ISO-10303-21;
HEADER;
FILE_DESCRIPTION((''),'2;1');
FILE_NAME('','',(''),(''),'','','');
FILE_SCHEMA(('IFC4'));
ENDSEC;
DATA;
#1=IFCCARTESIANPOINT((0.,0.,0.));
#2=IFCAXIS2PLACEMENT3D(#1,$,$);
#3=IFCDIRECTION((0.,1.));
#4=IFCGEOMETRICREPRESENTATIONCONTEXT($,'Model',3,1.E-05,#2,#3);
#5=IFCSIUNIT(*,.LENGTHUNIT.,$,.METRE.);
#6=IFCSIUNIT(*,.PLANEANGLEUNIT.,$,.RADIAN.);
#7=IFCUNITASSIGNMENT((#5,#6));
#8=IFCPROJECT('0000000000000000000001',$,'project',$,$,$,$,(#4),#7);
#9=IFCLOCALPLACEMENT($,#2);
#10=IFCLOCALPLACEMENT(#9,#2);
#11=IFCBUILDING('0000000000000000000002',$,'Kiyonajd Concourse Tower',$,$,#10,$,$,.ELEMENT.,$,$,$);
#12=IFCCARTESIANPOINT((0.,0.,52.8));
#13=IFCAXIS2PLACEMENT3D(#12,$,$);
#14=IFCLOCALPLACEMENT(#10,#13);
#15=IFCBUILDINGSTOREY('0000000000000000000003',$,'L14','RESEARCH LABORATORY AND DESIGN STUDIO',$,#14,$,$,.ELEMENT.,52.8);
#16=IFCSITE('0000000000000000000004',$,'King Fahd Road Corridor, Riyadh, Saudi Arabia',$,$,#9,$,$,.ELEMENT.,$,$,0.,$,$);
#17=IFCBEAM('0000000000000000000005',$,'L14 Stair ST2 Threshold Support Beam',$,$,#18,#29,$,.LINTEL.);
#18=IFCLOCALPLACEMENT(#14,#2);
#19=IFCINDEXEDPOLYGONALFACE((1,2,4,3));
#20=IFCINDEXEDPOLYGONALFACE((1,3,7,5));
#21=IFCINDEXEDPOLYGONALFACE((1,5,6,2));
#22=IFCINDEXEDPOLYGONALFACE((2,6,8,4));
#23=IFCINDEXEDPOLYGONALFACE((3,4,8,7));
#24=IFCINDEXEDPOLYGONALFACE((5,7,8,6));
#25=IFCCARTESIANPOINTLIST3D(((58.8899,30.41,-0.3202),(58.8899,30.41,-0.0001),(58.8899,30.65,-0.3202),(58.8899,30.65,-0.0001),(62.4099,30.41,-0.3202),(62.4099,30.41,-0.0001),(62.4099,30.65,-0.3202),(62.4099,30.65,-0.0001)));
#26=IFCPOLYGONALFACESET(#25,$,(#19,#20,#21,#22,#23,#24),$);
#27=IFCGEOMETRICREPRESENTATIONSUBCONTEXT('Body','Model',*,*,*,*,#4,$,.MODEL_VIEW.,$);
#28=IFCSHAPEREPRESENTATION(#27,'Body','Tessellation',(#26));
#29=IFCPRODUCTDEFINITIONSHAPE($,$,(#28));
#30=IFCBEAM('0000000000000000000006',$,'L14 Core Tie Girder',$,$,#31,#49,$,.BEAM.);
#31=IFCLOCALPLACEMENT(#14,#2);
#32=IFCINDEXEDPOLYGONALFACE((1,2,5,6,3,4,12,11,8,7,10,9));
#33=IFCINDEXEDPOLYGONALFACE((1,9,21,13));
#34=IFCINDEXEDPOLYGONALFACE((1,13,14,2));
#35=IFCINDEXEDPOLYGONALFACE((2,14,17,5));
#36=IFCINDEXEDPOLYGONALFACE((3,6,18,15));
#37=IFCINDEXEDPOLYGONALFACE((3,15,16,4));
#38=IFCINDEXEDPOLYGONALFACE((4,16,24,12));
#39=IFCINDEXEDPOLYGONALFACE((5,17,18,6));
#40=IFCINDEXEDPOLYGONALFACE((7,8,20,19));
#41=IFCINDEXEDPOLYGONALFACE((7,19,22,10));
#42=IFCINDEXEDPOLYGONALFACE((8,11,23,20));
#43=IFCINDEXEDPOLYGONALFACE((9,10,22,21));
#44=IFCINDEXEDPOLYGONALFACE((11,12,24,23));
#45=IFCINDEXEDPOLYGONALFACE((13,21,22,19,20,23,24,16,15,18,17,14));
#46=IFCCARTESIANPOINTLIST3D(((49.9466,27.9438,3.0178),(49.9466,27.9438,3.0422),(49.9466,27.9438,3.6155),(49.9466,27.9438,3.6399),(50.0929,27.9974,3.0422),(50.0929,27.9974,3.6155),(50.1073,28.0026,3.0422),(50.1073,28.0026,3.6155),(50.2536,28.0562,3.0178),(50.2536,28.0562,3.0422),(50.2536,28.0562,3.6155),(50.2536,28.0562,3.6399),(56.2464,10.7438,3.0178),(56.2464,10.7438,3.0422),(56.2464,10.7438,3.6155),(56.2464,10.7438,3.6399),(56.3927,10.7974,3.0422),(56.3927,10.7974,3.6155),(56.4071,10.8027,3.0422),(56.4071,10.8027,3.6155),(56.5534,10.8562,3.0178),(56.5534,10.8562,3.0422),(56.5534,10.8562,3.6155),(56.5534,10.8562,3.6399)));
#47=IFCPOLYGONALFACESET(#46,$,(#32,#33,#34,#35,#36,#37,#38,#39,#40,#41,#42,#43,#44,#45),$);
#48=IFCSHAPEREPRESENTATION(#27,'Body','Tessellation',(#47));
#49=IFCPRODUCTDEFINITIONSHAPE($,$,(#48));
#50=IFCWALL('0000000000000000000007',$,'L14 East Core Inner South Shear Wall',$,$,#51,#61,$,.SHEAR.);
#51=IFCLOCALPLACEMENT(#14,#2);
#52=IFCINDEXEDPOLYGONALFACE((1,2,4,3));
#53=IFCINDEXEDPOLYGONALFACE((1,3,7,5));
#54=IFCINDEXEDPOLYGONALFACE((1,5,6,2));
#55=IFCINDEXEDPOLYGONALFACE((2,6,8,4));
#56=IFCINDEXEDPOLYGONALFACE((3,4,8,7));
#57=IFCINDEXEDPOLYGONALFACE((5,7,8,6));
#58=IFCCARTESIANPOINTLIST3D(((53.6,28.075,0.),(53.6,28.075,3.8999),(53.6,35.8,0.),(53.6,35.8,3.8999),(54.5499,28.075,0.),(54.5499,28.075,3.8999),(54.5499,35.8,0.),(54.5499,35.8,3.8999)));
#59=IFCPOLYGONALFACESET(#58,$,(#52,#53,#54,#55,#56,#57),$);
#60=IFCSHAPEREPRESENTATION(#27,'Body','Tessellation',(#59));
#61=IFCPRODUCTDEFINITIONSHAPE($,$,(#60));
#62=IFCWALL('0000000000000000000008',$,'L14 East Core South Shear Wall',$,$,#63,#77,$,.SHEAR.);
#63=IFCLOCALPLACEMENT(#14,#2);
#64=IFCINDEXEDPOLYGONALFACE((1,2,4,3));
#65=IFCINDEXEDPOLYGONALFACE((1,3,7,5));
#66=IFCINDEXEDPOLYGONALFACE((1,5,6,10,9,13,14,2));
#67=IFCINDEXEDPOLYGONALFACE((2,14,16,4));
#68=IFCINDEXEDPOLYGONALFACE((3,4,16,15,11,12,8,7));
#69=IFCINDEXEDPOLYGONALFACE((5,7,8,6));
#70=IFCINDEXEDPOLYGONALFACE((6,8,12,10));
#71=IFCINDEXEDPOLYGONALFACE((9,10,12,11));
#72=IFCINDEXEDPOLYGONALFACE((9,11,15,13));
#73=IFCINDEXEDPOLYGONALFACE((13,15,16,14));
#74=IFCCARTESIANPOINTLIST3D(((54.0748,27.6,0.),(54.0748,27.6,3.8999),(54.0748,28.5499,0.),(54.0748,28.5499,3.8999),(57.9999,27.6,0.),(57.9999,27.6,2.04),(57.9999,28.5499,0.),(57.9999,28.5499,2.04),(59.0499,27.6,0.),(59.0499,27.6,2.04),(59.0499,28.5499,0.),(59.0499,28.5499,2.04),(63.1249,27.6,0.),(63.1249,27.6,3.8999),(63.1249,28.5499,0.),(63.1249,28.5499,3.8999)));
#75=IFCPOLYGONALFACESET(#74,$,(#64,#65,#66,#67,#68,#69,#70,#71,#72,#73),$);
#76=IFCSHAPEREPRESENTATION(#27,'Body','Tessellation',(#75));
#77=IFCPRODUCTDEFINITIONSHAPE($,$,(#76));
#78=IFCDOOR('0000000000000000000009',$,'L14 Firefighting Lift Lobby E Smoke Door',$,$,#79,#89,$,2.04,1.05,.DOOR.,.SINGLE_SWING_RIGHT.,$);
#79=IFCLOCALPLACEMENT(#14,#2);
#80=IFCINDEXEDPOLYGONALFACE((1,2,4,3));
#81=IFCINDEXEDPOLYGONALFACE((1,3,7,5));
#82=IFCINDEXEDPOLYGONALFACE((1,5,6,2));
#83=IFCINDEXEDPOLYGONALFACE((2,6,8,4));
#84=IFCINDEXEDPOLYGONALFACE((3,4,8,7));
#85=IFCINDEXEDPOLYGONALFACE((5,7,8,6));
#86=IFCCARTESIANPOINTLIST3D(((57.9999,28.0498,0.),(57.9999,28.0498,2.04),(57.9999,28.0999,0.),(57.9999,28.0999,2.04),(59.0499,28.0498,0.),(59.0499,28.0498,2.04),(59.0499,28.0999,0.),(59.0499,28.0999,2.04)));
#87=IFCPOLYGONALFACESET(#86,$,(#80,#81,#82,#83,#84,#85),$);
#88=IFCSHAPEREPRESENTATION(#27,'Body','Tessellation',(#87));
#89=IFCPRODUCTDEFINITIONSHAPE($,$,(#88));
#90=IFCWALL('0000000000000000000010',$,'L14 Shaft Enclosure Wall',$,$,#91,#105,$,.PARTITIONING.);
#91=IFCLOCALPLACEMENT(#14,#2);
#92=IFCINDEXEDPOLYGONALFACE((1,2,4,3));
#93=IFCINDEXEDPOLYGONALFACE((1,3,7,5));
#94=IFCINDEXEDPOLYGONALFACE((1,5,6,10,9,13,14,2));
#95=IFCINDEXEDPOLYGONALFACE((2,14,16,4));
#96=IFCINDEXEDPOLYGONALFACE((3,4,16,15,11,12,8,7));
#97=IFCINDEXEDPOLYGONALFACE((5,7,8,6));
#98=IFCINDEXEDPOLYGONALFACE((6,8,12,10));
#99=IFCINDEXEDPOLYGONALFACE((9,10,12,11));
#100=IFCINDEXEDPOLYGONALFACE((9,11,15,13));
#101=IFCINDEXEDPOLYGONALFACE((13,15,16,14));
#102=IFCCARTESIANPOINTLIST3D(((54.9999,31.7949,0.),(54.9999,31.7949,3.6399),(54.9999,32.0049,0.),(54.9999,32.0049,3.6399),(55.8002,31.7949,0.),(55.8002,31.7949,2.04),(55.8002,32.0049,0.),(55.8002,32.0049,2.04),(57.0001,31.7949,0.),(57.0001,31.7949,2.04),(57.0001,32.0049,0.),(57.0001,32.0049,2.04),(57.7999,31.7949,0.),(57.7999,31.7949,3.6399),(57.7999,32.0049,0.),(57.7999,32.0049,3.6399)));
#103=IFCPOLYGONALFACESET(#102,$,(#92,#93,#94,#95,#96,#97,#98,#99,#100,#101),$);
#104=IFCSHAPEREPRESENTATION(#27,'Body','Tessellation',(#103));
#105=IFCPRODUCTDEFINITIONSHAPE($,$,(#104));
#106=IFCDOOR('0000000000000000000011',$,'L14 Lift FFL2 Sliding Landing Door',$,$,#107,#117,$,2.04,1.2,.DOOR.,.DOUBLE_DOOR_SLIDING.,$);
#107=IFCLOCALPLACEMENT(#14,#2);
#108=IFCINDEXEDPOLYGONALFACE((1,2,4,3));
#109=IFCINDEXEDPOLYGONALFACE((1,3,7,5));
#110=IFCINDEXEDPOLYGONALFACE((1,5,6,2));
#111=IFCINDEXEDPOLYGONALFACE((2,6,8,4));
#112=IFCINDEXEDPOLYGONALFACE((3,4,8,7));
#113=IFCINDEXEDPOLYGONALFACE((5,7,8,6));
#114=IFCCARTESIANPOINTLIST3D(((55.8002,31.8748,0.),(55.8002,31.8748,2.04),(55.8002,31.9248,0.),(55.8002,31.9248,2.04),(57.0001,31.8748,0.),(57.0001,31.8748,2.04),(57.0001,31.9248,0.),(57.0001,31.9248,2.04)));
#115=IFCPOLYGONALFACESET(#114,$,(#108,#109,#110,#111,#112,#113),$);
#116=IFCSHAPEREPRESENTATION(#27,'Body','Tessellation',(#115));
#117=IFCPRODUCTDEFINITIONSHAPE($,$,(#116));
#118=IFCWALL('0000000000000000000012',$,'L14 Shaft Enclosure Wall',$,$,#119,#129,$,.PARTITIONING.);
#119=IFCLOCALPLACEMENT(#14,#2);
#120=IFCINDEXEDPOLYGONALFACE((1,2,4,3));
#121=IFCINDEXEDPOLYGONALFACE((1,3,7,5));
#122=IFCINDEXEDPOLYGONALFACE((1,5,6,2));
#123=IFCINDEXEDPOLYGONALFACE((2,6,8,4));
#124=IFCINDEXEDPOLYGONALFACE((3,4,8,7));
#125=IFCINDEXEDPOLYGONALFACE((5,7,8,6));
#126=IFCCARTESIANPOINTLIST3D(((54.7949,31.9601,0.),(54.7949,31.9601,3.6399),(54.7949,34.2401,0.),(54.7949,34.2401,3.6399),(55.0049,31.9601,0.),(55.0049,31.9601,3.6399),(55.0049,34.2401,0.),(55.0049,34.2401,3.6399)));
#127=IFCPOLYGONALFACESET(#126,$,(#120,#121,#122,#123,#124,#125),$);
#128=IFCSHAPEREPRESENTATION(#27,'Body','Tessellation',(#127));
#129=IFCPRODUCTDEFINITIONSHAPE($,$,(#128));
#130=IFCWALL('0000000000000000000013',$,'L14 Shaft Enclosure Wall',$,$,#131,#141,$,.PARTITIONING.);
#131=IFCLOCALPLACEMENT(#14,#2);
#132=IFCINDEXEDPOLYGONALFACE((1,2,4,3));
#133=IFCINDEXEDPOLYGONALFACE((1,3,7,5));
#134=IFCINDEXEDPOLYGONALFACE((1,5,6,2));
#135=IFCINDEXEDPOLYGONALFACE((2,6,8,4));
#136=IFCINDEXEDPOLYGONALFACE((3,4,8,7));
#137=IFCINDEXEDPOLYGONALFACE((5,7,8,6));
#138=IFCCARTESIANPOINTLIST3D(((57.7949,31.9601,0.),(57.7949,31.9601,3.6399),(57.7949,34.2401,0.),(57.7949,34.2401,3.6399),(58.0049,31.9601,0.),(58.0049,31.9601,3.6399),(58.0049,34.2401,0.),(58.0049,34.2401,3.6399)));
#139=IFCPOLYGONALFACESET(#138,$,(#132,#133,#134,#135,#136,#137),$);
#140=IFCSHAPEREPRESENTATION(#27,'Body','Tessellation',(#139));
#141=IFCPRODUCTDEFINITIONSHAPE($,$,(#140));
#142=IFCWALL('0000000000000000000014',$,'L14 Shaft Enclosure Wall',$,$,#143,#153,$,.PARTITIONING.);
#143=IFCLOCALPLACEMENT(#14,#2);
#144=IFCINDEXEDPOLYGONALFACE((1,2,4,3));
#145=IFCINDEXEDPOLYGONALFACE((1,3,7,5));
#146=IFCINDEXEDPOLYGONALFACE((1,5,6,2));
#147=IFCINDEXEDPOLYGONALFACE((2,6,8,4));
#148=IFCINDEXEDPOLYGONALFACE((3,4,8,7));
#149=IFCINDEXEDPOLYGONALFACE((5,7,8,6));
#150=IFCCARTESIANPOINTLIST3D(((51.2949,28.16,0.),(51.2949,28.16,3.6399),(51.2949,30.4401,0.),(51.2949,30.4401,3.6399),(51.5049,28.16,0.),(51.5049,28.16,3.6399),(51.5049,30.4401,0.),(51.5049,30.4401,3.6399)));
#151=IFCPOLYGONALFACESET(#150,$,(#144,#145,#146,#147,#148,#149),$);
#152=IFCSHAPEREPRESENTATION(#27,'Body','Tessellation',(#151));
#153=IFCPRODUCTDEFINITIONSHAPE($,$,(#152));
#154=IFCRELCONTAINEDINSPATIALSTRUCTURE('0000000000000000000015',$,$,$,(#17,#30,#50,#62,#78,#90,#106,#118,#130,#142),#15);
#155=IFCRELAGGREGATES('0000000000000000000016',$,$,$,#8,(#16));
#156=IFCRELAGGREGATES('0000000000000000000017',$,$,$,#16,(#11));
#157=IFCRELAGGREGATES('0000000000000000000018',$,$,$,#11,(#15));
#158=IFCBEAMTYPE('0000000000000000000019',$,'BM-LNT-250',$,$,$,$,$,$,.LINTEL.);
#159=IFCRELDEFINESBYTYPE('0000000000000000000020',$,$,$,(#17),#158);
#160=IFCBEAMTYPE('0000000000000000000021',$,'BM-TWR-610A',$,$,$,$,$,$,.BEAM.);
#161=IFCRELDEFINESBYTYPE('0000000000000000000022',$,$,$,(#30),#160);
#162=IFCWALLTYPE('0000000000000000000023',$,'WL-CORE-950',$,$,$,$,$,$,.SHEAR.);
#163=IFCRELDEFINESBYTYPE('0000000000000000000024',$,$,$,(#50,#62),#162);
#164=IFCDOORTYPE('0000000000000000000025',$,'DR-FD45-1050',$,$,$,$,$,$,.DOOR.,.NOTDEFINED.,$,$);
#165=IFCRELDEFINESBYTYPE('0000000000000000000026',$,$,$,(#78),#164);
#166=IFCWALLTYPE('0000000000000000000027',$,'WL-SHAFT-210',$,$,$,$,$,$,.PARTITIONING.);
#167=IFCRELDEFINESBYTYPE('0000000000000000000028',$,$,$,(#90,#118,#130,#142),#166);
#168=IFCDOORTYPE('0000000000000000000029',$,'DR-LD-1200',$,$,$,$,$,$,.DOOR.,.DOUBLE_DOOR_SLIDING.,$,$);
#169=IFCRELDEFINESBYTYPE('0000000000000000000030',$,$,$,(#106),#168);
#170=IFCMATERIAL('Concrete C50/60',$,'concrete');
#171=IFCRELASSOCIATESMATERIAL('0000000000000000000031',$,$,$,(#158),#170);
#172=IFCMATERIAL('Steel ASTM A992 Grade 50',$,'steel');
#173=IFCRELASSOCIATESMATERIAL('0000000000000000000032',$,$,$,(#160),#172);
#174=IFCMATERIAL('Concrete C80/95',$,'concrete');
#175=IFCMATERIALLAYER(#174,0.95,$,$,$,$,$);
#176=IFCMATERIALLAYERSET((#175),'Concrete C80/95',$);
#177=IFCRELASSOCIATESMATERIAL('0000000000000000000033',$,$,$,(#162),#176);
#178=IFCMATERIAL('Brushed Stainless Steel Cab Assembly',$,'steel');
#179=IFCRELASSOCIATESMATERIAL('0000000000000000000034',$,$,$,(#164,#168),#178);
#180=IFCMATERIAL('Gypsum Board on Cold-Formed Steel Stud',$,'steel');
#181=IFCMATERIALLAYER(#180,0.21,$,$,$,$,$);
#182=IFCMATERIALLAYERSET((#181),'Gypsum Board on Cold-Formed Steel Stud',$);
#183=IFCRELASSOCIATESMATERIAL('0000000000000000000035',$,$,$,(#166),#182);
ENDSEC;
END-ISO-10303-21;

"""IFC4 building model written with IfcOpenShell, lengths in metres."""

from ifc_helpers import new_model, si_unit, direction, frame, frame_2d, origin, origin_2d, place, context, subcontext, project, spatial, rectangle, i_section, extrude, material, layer, layer_set, material_profile, profile_set, type_object, element, fill, save


model = new_model("IFC4")

# Units and contexts
model_context = context("Model", 3, precision=1e-05, world=origin(), true_north=direction((0.0, 1.0)))
body_context = subcontext(model_context, "Body", "Model", "MODEL_VIEW")
ifc_project = project(units=[si_unit("LENGTHUNIT", "METRE"), si_unit("PLANEANGLEUNIT", "RADIAN")], contexts=[model_context])

# Site, building, storey
site_placement = place(None, origin())
site = spatial("IfcSite", under=ifc_project, at=site_placement, Name="King Fahd Road Corridor, Riyadh, Saudi Arabia", CompositionType="ELEMENT", RefElevation=0.0)
building_placement = place(site_placement, origin())
building = spatial("IfcBuilding", under=site, at=building_placement, Name="Kiyonajd Concourse Tower", CompositionType="ELEMENT")
storey_placement = place(building_placement, frame((0.0, 0.0, 52.8)))
storey = spatial("IfcBuildingStorey", under=building, at=storey_placement, Name="L14", Description="RESEARCH LABORATORY AND DESIGN STUDIO", CompositionType="ELEMENT", Elevation=52.8)

# Beams
ifc_material_1 = material(Name="Concrete C50/60", Category="concrete")
ifc_material_profile_1 = material_profile(ifc_material_1, rectangle(XDim=0.24, YDim=0.3201, at=origin_2d()), Name="RCBM-240x320")
ifc_profile_set_1 = profile_set([ifc_material_profile_1], Name="Concrete C50/60")
beam_type_1 = type_object("IfcBeamType", Name="BM-LNT-250", PredefinedType="LINTEL", material=ifc_profile_set_1)
beam_1_placement = place(storey_placement, frame((58.8899, 30.53, -0.1602), z_axis=(1.0, 0.0, 0.0), x_axis=(0.0, 1.0, 0.0)))
element("IfcBeam", 1, at=beam_1_placement, inside=storey, type_object=beam_type_1, Name="L14 Stair ST2 Threshold Support Beam", PredefinedType="LINTEL", context=body_context, shape_type="SweptSolid", body=[
    extrude(rectangle(XDim=0.24, YDim=0.3201, at=origin_2d()), origin(), (0.0, 0.0, 1.0), 3.52),
])
ifc_material_2 = material(Name="Steel ASTM A992 Grade 50", Category="steel")
ifc_material_profile_2 = material_profile(ifc_material_2, i_section(OverallWidth=0.3269, OverallDepth=0.6221, WebThickness=0.0154, FlangeThickness=0.0244, at=origin_2d()), Name="W610X195")
ifc_profile_set_2 = profile_set([ifc_material_profile_2], Name="Steel ASTM A992 Grade 50")
beam_type_2 = type_object("IfcBeamType", Name="BM-TWR-610A", PredefinedType="BEAM", material=ifc_profile_set_2)
beam_2_placement = place(storey_placement, frame((50.1001, 28.0, 3.3289), z_axis=(0.343925, -0.938997, 0.0), x_axis=(0.938997, 0.343925, 0.0)))
element("IfcBeam", 2, at=beam_2_placement, inside=storey, type_object=beam_type_2, Name="L14 Core Tie Girder", PredefinedType="BEAM", context=body_context, shape_type="SweptSolid", body=[
    extrude(i_section(OverallWidth=0.3269, OverallDepth=0.6221, WebThickness=0.0154, FlangeThickness=0.0244, at=origin_2d()), origin(), (0.0, 0.0, 1.0), 18.3174),
])

# Wall
ifc_material_3 = material(Name="Concrete C80/95", Category="concrete")
ifc_layer_1 = layer(ifc_material_3, 0.95)
ifc_layer_set_1 = layer_set([ifc_layer_1], Name="Concrete C80/95")
wall_type_1 = type_object("IfcWallType", Name="WL-CORE-950", PredefinedType="SHEAR", material=ifc_layer_set_1)
wall_1_placement = place(storey_placement, frame((54.075, 28.075, 0.0), z_axis=(0.0, 0.0, 1.0), x_axis=(0.0, 1.0, 0.0)))
element("IfcWall", 3, at=wall_1_placement, inside=storey, type_object=wall_type_1, Name="L14 East Core Inner South Shear Wall", PredefinedType="SHEAR", context=body_context, shape_type="SweptSolid", body=[
    extrude(rectangle(XDim=7.7251, YDim=0.95, at=frame_2d((3.8625, 0.0))), origin(), (0.0, 0.0, 1.0), 3.8999),
])

# Walls, openings, doors
wall_2_placement = place(storey_placement, frame((54.075, 28.075, 0.0), z_axis=(0.0, 0.0, 1.0), x_axis=(1.0, 0.0, 0.0)))
wall_2 = element("IfcWall", 4, at=wall_2_placement, inside=storey, type_object=wall_type_1, Name="L14 East Core South Shear Wall", PredefinedType="SHEAR", context=body_context, shape_type="SweptSolid", body=[
    extrude(rectangle(XDim=9.05, YDim=0.95, at=frame_2d((4.5249, 0.0))), origin(), (0.0, 0.0, 1.0), 3.8999),
])
opening_1_placement = place(wall_2_placement, frame((3.925, 0.0, 0.0)))
opening_1 = element("IfcOpeningElement", 5, at=opening_1_placement, cuts=wall_2, PredefinedType="OPENING", context=body_context, shape_type="SweptSolid", body=[
    extrude(rectangle(XDim=1.05, YDim=2.04, at=frame_2d((0.5249, 1.02))), frame((0.0, 0.4849, 0.0), z_axis=(0.0, -1.0, 0.0), x_axis=(1.0, 0.0, 0.0)), (0.0, 0.0, 1.0), 0.97),
])
ifc_material_4 = material(Name="Brushed Stainless Steel Cab Assembly", Category="steel")
door_type_1 = type_object("IfcDoorType", Name="DR-FD45-1050", OperationType="NOTDEFINED", PredefinedType="DOOR", material=ifc_material_4)
door_1_placement = place(opening_1_placement, origin())
door_1 = element("IfcDoor", 6, at=door_1_placement, inside=storey, type_object=door_type_1, Name="L14 Firefighting Lift Lobby E Smoke Door", OperationType="SINGLE_SWING_RIGHT", OverallHeight=2.04, OverallWidth=1.05, PredefinedType="DOOR", context=body_context, shape_type="SweptSolid", body=[
    extrude(rectangle(XDim=1.05, YDim=2.04, at=frame_2d((0.5249, 1.02))), frame((0.0, 0.0249, 0.0), z_axis=(0.0, -1.0, 0.0), x_axis=(1.0, 0.0, 0.0)), (0.0, 0.0, 1.0), 0.05),
])
fill(opening_1, door_1)
ifc_material_5 = material(Name="Gypsum Board on Cold-Formed Steel Stud", Category="steel")
ifc_layer_2 = layer(ifc_material_5, 0.21)
ifc_layer_set_2 = layer_set([ifc_layer_2], Name="Gypsum Board on Cold-Formed Steel Stud")
wall_type_2 = type_object("IfcWallType", Name="WL-SHAFT-210", PredefinedType="PARTITIONING", material=ifc_layer_set_2)
wall_3_placement = place(storey_placement, frame((55.0, 31.8999, 0.0), z_axis=(0.0, 0.0, 1.0), x_axis=(1.0, 0.0, 0.0)))
wall_3 = element("IfcWall", 7, at=wall_3_placement, inside=storey, type_object=wall_type_2, Name="L14 Shaft Enclosure Wall", PredefinedType="PARTITIONING", context=body_context, shape_type="SweptSolid", body=[
    extrude(rectangle(XDim=2.8, YDim=0.21, at=frame_2d((1.3999, 0.0))), origin(), (0.0, 0.0, 1.0), 3.6399),
])
opening_2_placement = place(wall_3_placement, frame((0.8, 0.0, 0.0)))
opening_2 = element("IfcOpeningElement", 8, at=opening_2_placement, cuts=wall_3, PredefinedType="OPENING", context=body_context, shape_type="SweptSolid", body=[
    extrude(rectangle(XDim=1.2, YDim=2.04, at=frame_2d((0.6001, 1.02))), frame((0.0, 0.115, 0.0), z_axis=(0.0, -1.0, 0.0), x_axis=(1.0, 0.0, 0.0)), (0.0, 0.0, 1.0), 0.23),
])
door_type_2 = type_object("IfcDoorType", Name="DR-LD-1200", OperationType="DOUBLE_DOOR_SLIDING", PredefinedType="DOOR", material=ifc_material_4)
door_2_placement = place(opening_2_placement, origin())
door_2 = element("IfcDoor", 9, at=door_2_placement, inside=storey, type_object=door_type_2, Name="L14 Lift FFL2 Sliding Landing Door", OperationType="DOUBLE_DOOR_SLIDING", OverallHeight=2.04, OverallWidth=1.2, PredefinedType="DOOR", context=body_context, shape_type="SweptSolid", body=[
    extrude(rectangle(XDim=1.2, YDim=2.04, at=frame_2d((0.6001, 1.02))), frame((0.0, 0.0249, 0.0), z_axis=(0.0, -1.0, 0.0), x_axis=(1.0, 0.0, 0.0)), (0.0, 0.0, 1.0), 0.05),
])
fill(opening_2, door_2)

# Walls
for number, where, z_axis, x_axis, name in (
    (10, (54.8999, 31.96, 0.0), (0.0, 0.0, 1.0), (0.0, 1.0, 0.0), "L14 Shaft Enclosure Wall"),
    (11, (57.8999, 31.96, 0.0), (0.0, 0.0, 1.0), (0.0, 1.0, 0.0), "L14 Shaft Enclosure Wall"),
    (12, (51.3999, 28.1599, 0.0), (0.0, 0.0, 1.0), (0.0, 1.0, 0.0), "L14 Shaft Enclosure Wall"),
):
    element("IfcWall", number, at=place(storey_placement, frame(where, z_axis=z_axis, x_axis=x_axis)), inside=storey, type_object=wall_type_2, Name=name, PredefinedType="PARTITIONING", context=body_context, shape_type="SweptSolid", body=[
        extrude(rectangle(XDim=2.28, YDim=0.21, at=frame_2d((1.1401, 0.0))), origin(), (0.0, 0.0, 1.0), 3.6399),
    ])

save(model, "model.ifc")
